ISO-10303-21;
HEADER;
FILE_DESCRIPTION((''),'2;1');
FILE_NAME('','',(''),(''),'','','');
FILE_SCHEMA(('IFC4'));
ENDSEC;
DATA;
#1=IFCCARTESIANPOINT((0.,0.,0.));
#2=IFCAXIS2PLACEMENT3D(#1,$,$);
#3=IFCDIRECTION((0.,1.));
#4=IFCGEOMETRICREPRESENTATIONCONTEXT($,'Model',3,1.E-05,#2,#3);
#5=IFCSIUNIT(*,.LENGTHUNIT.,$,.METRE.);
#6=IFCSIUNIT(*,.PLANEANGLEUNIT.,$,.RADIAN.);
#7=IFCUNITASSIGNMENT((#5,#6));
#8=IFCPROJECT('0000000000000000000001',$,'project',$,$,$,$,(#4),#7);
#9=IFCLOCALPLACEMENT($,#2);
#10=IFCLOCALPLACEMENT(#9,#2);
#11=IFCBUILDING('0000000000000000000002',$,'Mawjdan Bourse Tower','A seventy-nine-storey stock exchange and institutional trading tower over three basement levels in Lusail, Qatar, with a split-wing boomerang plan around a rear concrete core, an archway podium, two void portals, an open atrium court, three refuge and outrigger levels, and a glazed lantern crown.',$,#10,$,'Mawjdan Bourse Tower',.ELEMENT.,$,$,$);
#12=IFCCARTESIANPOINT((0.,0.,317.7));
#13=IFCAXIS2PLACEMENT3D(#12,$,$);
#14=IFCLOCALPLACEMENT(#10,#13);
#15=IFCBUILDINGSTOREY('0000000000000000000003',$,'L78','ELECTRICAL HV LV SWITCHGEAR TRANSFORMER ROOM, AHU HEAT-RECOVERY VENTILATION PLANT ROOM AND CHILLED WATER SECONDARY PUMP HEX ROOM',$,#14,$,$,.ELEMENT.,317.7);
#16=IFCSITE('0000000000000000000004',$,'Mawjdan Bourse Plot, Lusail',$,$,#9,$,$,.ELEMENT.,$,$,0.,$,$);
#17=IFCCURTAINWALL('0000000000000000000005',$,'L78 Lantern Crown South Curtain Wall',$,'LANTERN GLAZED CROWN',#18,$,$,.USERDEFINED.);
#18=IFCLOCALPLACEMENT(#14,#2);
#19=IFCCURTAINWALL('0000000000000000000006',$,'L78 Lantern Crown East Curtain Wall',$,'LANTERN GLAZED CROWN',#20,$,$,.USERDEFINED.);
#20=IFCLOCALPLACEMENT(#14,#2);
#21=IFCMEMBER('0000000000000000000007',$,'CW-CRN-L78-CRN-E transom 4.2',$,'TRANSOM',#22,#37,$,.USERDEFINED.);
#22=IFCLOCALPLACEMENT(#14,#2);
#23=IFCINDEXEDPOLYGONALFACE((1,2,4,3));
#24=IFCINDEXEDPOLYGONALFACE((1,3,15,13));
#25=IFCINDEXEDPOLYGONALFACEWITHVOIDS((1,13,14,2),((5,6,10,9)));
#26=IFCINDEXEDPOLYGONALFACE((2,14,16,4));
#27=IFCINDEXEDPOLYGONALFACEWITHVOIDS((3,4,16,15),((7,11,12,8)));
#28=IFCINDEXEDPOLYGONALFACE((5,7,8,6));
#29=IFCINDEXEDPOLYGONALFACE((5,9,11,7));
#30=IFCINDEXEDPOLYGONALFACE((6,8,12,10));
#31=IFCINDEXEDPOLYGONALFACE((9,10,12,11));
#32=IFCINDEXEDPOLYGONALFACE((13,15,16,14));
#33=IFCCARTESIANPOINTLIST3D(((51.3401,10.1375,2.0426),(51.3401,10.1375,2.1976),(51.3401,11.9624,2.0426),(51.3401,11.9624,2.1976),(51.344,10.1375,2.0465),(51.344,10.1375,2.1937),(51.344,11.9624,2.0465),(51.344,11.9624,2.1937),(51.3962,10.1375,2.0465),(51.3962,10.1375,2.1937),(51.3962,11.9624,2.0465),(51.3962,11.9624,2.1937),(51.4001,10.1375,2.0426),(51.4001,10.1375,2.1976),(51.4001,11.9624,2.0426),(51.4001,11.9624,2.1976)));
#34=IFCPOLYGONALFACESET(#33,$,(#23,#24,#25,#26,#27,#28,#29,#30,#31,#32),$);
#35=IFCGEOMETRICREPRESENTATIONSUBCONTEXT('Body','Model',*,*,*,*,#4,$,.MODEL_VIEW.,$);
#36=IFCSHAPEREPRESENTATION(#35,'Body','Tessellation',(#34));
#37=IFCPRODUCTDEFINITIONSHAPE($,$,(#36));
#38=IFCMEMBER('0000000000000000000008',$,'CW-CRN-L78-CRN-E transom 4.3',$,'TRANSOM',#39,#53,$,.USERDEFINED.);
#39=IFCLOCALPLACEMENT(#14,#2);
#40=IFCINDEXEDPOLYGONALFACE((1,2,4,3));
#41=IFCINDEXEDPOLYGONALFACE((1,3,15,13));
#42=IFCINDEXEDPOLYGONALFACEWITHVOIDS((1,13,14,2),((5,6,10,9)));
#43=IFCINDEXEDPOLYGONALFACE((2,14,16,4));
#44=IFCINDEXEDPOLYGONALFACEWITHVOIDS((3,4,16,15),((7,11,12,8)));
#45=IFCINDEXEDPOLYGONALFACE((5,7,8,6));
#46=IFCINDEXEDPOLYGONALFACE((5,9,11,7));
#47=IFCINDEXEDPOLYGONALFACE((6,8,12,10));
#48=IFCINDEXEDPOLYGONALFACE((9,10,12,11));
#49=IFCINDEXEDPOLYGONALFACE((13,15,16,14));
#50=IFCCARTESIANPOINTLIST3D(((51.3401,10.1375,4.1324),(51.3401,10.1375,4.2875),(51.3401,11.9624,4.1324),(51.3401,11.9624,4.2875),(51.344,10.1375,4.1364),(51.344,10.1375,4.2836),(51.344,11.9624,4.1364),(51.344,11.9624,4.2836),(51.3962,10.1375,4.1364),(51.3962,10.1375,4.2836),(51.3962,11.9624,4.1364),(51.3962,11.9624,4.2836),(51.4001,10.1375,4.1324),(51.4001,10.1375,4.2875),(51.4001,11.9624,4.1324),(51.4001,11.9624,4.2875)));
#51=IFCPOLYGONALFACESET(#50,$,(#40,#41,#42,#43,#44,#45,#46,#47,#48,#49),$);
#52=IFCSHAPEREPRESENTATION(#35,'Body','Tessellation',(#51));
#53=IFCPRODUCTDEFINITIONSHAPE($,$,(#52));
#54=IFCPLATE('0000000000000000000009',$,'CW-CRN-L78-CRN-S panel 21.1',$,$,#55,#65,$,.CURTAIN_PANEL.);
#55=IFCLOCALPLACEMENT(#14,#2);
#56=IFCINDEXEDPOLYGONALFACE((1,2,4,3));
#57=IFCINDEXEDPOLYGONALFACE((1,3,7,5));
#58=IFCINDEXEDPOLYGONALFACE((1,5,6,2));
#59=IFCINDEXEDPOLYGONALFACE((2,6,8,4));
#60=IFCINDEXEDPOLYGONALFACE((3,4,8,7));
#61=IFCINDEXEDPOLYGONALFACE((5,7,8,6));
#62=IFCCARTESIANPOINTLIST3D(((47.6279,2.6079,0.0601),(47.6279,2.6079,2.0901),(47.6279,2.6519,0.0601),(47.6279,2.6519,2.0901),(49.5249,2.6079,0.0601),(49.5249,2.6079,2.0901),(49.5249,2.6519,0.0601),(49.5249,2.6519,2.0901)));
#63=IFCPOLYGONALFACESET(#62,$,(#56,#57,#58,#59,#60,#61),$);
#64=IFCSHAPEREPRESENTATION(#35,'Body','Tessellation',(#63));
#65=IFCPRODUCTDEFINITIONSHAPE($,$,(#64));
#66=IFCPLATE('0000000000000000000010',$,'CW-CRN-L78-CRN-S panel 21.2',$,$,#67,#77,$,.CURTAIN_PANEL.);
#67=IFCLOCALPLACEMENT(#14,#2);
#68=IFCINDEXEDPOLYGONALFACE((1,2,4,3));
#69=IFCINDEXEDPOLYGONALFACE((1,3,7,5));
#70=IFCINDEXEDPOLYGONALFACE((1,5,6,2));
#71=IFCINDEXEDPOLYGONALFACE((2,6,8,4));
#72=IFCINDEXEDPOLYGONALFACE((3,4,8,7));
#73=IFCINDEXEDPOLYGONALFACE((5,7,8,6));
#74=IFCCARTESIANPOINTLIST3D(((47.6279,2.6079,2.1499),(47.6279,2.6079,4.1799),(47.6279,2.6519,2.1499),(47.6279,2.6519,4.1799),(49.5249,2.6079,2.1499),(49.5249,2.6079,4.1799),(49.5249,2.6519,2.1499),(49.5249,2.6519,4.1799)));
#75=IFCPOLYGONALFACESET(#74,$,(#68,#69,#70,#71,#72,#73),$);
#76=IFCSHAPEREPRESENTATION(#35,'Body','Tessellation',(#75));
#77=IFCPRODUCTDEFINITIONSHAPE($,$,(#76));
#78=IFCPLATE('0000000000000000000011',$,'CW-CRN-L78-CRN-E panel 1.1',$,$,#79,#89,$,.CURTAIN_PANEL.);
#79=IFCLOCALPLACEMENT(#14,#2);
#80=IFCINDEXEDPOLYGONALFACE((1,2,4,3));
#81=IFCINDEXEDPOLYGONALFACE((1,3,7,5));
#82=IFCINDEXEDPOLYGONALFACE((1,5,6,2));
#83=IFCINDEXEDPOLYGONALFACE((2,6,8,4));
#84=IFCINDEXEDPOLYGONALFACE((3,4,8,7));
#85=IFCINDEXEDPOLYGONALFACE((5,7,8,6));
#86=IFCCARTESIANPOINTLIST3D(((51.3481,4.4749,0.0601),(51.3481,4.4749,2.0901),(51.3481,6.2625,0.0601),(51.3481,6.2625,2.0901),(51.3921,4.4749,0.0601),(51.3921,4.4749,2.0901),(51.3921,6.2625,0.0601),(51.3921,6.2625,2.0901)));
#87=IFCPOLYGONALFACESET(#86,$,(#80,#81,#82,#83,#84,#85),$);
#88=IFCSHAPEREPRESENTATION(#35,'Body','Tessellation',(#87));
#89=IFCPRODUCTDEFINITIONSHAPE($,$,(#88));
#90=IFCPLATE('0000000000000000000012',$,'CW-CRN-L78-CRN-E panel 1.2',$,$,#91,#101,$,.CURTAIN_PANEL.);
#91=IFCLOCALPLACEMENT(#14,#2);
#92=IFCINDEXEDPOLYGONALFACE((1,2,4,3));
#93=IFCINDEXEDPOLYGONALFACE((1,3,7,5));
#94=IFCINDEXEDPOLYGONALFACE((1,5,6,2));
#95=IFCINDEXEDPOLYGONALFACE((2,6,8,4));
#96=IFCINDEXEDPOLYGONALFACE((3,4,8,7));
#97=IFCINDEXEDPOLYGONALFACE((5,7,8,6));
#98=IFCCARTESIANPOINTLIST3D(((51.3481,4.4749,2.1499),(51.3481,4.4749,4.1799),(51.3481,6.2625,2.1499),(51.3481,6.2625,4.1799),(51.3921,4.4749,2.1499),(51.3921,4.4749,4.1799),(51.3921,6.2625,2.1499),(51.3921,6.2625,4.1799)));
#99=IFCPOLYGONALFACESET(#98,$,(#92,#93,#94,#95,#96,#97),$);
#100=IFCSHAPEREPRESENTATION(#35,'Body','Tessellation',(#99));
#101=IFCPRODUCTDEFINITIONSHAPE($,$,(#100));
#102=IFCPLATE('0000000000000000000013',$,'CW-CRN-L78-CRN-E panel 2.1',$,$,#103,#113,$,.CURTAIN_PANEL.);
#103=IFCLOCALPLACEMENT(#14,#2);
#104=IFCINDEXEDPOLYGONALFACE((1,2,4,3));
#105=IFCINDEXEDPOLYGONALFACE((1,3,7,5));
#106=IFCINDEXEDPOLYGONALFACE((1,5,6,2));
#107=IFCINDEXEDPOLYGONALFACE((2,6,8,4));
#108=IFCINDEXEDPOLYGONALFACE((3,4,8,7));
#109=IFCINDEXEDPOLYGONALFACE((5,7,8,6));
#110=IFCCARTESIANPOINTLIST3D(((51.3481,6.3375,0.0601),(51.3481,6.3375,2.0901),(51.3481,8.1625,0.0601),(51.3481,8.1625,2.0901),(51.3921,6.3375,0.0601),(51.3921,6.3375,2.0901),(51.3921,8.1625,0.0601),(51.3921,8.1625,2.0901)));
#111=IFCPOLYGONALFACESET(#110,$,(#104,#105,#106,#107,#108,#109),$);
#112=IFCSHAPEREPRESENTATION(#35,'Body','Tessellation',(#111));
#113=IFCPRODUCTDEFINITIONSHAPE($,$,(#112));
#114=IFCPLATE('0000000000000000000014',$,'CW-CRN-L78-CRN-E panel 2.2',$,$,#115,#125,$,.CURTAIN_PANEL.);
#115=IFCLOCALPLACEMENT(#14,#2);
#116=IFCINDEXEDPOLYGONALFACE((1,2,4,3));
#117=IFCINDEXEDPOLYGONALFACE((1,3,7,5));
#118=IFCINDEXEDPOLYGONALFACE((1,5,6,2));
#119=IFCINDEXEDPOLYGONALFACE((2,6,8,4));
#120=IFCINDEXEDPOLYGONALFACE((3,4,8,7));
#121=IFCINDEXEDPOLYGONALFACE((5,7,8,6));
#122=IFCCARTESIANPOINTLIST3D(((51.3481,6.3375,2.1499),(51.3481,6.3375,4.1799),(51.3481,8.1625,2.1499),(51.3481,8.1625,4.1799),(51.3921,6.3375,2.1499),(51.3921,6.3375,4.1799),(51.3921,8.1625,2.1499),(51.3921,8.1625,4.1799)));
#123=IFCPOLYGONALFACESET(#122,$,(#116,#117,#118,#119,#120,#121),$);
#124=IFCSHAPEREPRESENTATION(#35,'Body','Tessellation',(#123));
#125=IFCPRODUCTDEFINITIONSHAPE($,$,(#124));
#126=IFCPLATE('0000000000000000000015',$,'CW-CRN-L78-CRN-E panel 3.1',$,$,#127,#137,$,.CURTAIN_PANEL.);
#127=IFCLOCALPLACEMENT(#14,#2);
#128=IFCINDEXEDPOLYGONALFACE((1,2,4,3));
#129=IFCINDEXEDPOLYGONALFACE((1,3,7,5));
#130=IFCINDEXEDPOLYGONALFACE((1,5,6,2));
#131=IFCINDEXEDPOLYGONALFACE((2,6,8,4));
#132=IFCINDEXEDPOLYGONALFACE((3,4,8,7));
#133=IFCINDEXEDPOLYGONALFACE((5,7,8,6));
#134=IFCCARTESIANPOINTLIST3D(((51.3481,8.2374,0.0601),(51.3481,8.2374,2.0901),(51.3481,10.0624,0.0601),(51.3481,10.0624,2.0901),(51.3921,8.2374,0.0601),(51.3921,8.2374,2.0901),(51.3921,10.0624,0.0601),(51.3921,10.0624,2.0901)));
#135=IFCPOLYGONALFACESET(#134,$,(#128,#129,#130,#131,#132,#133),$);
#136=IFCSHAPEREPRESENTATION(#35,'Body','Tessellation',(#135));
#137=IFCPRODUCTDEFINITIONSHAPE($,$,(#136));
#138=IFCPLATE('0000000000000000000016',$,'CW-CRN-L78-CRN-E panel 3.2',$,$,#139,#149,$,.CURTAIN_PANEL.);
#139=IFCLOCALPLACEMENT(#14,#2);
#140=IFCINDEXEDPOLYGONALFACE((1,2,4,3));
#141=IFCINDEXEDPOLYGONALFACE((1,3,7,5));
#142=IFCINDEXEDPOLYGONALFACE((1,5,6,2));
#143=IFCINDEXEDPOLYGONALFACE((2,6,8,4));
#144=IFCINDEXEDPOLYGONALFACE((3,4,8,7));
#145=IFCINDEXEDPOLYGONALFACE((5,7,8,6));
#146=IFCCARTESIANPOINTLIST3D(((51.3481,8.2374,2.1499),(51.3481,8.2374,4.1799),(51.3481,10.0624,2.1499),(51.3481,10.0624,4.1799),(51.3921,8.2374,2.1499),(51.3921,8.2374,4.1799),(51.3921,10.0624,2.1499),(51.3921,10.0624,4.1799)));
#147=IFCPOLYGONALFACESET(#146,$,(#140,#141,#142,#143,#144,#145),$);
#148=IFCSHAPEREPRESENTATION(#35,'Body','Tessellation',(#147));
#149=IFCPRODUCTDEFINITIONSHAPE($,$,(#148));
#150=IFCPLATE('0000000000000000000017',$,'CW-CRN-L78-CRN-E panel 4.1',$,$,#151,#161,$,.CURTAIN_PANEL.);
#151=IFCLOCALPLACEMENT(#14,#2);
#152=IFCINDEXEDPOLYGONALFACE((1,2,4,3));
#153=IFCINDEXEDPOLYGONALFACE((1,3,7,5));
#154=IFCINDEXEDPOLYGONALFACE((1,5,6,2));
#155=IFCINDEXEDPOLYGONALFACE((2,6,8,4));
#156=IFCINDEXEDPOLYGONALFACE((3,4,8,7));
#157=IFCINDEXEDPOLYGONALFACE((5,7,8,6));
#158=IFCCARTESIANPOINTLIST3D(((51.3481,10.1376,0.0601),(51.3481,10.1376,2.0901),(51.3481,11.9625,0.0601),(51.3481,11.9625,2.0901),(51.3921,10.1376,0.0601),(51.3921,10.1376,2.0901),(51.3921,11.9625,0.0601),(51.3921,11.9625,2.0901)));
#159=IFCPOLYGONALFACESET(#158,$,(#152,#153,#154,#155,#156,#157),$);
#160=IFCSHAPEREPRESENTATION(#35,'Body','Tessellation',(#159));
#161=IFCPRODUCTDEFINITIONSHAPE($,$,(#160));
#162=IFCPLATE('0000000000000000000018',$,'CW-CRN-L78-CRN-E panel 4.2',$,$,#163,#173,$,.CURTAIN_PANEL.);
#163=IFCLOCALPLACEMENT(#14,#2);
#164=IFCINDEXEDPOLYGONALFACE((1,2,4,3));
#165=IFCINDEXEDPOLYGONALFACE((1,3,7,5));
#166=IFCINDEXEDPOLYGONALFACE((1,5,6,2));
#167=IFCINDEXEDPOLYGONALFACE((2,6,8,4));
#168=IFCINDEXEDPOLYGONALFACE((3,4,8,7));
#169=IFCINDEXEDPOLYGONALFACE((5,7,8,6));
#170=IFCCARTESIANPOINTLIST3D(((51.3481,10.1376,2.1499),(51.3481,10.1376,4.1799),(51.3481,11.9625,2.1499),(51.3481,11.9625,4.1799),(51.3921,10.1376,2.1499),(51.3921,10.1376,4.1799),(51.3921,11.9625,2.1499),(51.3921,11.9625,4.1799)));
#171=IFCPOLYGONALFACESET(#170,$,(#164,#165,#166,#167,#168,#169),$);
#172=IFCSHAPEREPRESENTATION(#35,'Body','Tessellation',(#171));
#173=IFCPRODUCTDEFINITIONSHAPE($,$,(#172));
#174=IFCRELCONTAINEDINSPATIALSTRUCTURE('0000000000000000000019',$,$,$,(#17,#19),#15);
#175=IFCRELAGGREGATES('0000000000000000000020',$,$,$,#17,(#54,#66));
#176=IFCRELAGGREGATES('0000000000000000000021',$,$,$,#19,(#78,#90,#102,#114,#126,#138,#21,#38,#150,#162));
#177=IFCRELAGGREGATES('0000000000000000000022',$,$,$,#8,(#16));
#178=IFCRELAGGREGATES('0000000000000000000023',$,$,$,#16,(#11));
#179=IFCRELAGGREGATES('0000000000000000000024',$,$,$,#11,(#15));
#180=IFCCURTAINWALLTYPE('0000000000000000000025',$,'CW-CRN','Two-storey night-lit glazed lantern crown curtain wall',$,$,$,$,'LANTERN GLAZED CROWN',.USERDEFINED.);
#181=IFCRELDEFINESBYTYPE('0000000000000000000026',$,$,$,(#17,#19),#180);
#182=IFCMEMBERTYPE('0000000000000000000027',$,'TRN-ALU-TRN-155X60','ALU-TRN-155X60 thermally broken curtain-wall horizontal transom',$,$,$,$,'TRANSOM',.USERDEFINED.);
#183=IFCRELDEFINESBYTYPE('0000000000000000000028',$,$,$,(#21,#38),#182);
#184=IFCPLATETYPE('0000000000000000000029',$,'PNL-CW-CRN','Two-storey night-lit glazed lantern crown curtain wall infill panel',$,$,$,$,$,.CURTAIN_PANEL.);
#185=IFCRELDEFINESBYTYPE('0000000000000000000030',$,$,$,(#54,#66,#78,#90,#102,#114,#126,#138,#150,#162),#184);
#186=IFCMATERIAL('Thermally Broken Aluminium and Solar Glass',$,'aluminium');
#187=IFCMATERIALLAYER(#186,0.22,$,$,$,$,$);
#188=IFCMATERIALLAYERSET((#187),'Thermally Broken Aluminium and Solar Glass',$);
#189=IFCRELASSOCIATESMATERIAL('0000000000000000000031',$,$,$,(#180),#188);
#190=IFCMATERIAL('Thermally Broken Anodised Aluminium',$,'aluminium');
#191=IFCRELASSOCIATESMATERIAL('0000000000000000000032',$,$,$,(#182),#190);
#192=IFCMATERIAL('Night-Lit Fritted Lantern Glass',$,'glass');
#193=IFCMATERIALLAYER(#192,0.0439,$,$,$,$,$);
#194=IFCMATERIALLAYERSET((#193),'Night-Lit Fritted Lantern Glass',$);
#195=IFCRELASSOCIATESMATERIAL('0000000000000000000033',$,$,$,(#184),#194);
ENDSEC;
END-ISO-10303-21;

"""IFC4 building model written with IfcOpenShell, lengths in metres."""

from ifc_helpers import new_model, si_unit, direction, frame, origin, origin_2d, place, context, subcontext, project, spatial, rectangle, hollow_rectangle, extrude, material, layer, layer_set, material_profile, profile_set, type_object, element, aggregate, save


model = new_model("IFC4")

# Units and contexts
model_context = context("Model", 3, precision=1e-05, world=origin(), true_north=direction((0.0, 1.0)))
body_context = subcontext(model_context, "Body", "Model", "MODEL_VIEW")
ifc_project = project(units=[si_unit("LENGTHUNIT", "METRE"), si_unit("PLANEANGLEUNIT", "RADIAN")], contexts=[model_context])

# Site, building, storey
site_placement = place(None, origin())
site = spatial("IfcSite", under=ifc_project, at=site_placement, Name="Mawjdan Bourse Plot, Lusail", CompositionType="ELEMENT", RefElevation=0.0)
building_placement = place(site_placement, origin())
building = spatial("IfcBuilding", under=site, at=building_placement, Name="Mawjdan Bourse Tower", Description="A seventy-nine-storey stock exchange and institutional trading tower over three basement levels in Lusail, Qatar, with a split-wing boomerang plan around a rear concrete core, an archway podium, two void portals, an open atrium court, three refuge and outrigger levels, and a glazed lantern crown.", LongName="Mawjdan Bourse Tower", CompositionType="ELEMENT")
storey_placement = place(building_placement, frame((0.0, 0.0, 317.7)))
storey = spatial("IfcBuildingStorey", under=building, at=storey_placement, Name="L78", Description="ELECTRICAL HV LV SWITCHGEAR TRANSFORMER ROOM, AHU HEAT-RECOVERY VENTILATION PLANT ROOM AND CHILLED WATER SECONDARY PUMP HEX ROOM", CompositionType="ELEMENT", Elevation=317.7)

# Curtain wall
ifc_material_1 = material(Name="Thermally Broken Aluminium and Solar Glass", Category="aluminium")
ifc_layer_1 = layer(ifc_material_1, 0.22)
ifc_layer_set_1 = layer_set([ifc_layer_1], Name="Thermally Broken Aluminium and Solar Glass")
curtain_wall_type = type_object("IfcCurtainWallType", Name="CW-CRN", Description="Two-storey night-lit glazed lantern crown curtain wall", ElementType="LANTERN GLAZED CROWN", PredefinedType="USERDEFINED", material=ifc_layer_set_1)
curtain_wall_1_placement = place(storey_placement, origin())
curtain_wall_1 = element("IfcCurtainWall", 1, at=curtain_wall_1_placement, inside=storey, type_object=curtain_wall_type, Name="L78 Lantern Crown South Curtain Wall", ObjectType="LANTERN GLAZED CROWN", PredefinedType="USERDEFINED")
ifc_material_2 = material(Name="Thermally Broken Anodised Aluminium", Category="aluminium")

# Curtain wall, members
curtain_wall_2_placement = place(storey_placement, origin())
curtain_wall_2 = element("IfcCurtainWall", 2, at=curtain_wall_2_placement, inside=storey, type_object=curtain_wall_type, Name="L78 Lantern Crown East Curtain Wall", ObjectType="LANTERN GLAZED CROWN", PredefinedType="USERDEFINED")
ifc_material_profile_1 = material_profile(ifc_material_2, hollow_rectangle(XDim=0.0601, YDim=0.155, WallThickness=0.0039, at=origin_2d()), Name="ALU-TRN-155X60")
ifc_profile_set_1 = profile_set([ifc_material_profile_1], Name="Thermally Broken Anodised Aluminium")
member_type_1 = type_object("IfcMemberType", Name="TRN-ALU-TRN-155X60", Description="ALU-TRN-155X60 thermally broken curtain-wall horizontal transom", ElementType="TRANSOM", PredefinedType="USERDEFINED", material=ifc_profile_set_1)
member_1_placement = place(storey_placement, frame((51.3701, 10.1375, 2.1201), z_axis=(0.0, 1.0, 0.0), x_axis=(-1.0, 0.0, 0.0)))
member_1 = element("IfcMember", 3, at=member_1_placement, type_object=member_type_1, Name="CW-CRN-L78-CRN-E transom 4.2", ObjectType="TRANSOM", PredefinedType="USERDEFINED", context=body_context, shape_type="SweptSolid", body=[
    extrude(hollow_rectangle(XDim=0.0601, YDim=0.155, WallThickness=0.0039, at=origin_2d()), origin(), (0.0, 0.0, 1.0), 1.825),
])
member_2_placement = place(storey_placement, frame((51.3701, 10.1375, 4.21), z_axis=(0.0, 1.0, 0.0), x_axis=(-1.0, 0.0, 0.0)))
member_2 = element("IfcMember", 4, at=member_2_placement, type_object=member_type_1, Name="CW-CRN-L78-CRN-E transom 4.3", ObjectType="TRANSOM", PredefinedType="USERDEFINED", context=body_context, shape_type="SweptSolid", body=[
    extrude(hollow_rectangle(XDim=0.0601, YDim=0.155, WallThickness=0.0039, at=origin_2d()), origin(), (0.0, 0.0, 1.0), 1.825),
])

# Plates
ifc_material_3 = material(Name="Night-Lit Fritted Lantern Glass", Category="glass")
ifc_layer_2 = layer(ifc_material_3, 0.0439)
ifc_layer_set_2 = layer_set([ifc_layer_2], Name="Night-Lit Fritted Lantern Glass")
plate_type = type_object("IfcPlateType", Name="PNL-CW-CRN", Description="Two-storey night-lit glazed lantern crown curtain wall infill panel", PredefinedType="CURTAIN_PANEL", material=ifc_layer_set_2)
plate_1_placement = place(storey_placement, frame((48.5764, 2.6299, 0.0601), z_axis=(0.0, 0.0, 1.0), x_axis=(1.0, 0.0, 0.0)))
plate_1 = element("IfcPlate", 5, at=plate_1_placement, type_object=plate_type, Name="CW-CRN-L78-CRN-S panel 21.1", PredefinedType="CURTAIN_PANEL", context=body_context, shape_type="SweptSolid", body=[
    extrude(rectangle(XDim=1.897, YDim=0.0439, at=origin_2d()), origin(), (0.0, 0.0, 1.0), 2.03),
])
plate_2_placement = place(storey_placement, frame((48.5764, 2.6299, 2.1499), z_axis=(0.0, 0.0, 1.0), x_axis=(1.0, 0.0, 0.0)))
plate_2 = element("IfcPlate", 6, at=plate_2_placement, type_object=plate_type, Name="CW-CRN-L78-CRN-S panel 21.2", PredefinedType="CURTAIN_PANEL", context=body_context, shape_type="SweptSolid", body=[
    extrude(rectangle(XDim=1.897, YDim=0.0439, at=origin_2d()), origin(), (0.0, 0.0, 1.0), 2.03),
])
aggregate(curtain_wall_1, [plate_1, plate_2])
plate_3_placement = place(storey_placement, frame((51.3701, 5.3687, 0.0601), z_axis=(0.0, 0.0, 1.0), x_axis=(0.0, 1.0, 0.0)))
plate_3 = element("IfcPlate", 7, at=plate_3_placement, type_object=plate_type, Name="CW-CRN-L78-CRN-E panel 1.1", PredefinedType="CURTAIN_PANEL", context=body_context, shape_type="SweptSolid", body=[
    extrude(rectangle(XDim=1.7876, YDim=0.0439, at=origin_2d()), origin(), (0.0, 0.0, 1.0), 2.03),
])
plate_4_placement = place(storey_placement, frame((51.3701, 5.3687, 2.1499), z_axis=(0.0, 0.0, 1.0), x_axis=(0.0, 1.0, 0.0)))
plate_4 = element("IfcPlate", 8, at=plate_4_placement, type_object=plate_type, Name="CW-CRN-L78-CRN-E panel 1.2", PredefinedType="CURTAIN_PANEL", context=body_context, shape_type="SweptSolid", body=[
    extrude(rectangle(XDim=1.7876, YDim=0.0439, at=origin_2d()), origin(), (0.0, 0.0, 1.0), 2.03),
])
plate_5_placement = place(storey_placement, frame((51.3701, 7.25, 0.0601), z_axis=(0.0, 0.0, 1.0), x_axis=(0.0, 1.0, 0.0)))
plate_5 = element("IfcPlate", 9, at=plate_5_placement, type_object=plate_type, Name="CW-CRN-L78-CRN-E panel 2.1", PredefinedType="CURTAIN_PANEL", context=body_context, shape_type="SweptSolid", body=[
    extrude(rectangle(XDim=1.825, YDim=0.0439, at=origin_2d()), origin(), (0.0, 0.0, 1.0), 2.03),
])
plate_6_placement = place(storey_placement, frame((51.3701, 7.25, 2.1499), z_axis=(0.0, 0.0, 1.0), x_axis=(0.0, 1.0, 0.0)))
plate_6 = element("IfcPlate", 10, at=plate_6_placement, type_object=plate_type, Name="CW-CRN-L78-CRN-E panel 2.2", PredefinedType="CURTAIN_PANEL", context=body_context, shape_type="SweptSolid", body=[
    extrude(rectangle(XDim=1.825, YDim=0.0439, at=origin_2d()), origin(), (0.0, 0.0, 1.0), 2.03),
])
plate_7_placement = place(storey_placement, frame((51.3701, 9.1499, 0.0601), z_axis=(0.0, 0.0, 1.0), x_axis=(0.0, 1.0, 0.0)))
plate_7 = element("IfcPlate", 11, at=plate_7_placement, type_object=plate_type, Name="CW-CRN-L78-CRN-E panel 3.1", PredefinedType="CURTAIN_PANEL", context=body_context, shape_type="SweptSolid", body=[
    extrude(rectangle(XDim=1.825, YDim=0.0439, at=origin_2d()), origin(), (0.0, 0.0, 1.0), 2.03),
])
plate_8_placement = place(storey_placement, frame((51.3701, 9.1499, 2.1499), z_axis=(0.0, 0.0, 1.0), x_axis=(0.0, 1.0, 0.0)))
plate_8 = element("IfcPlate", 12, at=plate_8_placement, type_object=plate_type, Name="CW-CRN-L78-CRN-E panel 3.2", PredefinedType="CURTAIN_PANEL", context=body_context, shape_type="SweptSolid", body=[
    extrude(rectangle(XDim=1.825, YDim=0.0439, at=origin_2d()), origin(), (0.0, 0.0, 1.0), 2.03),
])
plate_9_placement = place(storey_placement, frame((51.3701, 11.05, 0.0601), z_axis=(0.0, 0.0, 1.0), x_axis=(0.0, 1.0, 0.0)))
plate_9 = element("IfcPlate", 13, at=plate_9_placement, type_object=plate_type, Name="CW-CRN-L78-CRN-E panel 4.1", PredefinedType="CURTAIN_PANEL", context=body_context, shape_type="SweptSolid", body=[
    extrude(rectangle(XDim=1.825, YDim=0.0439, at=origin_2d()), origin(), (0.0, 0.0, 1.0), 2.03),
])
plate_10_placement = place(storey_placement, frame((51.3701, 11.05, 2.1499), z_axis=(0.0, 0.0, 1.0), x_axis=(0.0, 1.0, 0.0)))
plate_10 = element("IfcPlate", 14, at=plate_10_placement, type_object=plate_type, Name="CW-CRN-L78-CRN-E panel 4.2", PredefinedType="CURTAIN_PANEL", context=body_context, shape_type="SweptSolid", body=[
    extrude(rectangle(XDim=1.825, YDim=0.0439, at=origin_2d()), origin(), (0.0, 0.0, 1.0), 2.03),
])
aggregate(curtain_wall_2, [plate_3, plate_4, plate_5, plate_6, plate_7, plate_8, member_1, member_2, plate_9, plate_10])

save(model, "model.ifc")
